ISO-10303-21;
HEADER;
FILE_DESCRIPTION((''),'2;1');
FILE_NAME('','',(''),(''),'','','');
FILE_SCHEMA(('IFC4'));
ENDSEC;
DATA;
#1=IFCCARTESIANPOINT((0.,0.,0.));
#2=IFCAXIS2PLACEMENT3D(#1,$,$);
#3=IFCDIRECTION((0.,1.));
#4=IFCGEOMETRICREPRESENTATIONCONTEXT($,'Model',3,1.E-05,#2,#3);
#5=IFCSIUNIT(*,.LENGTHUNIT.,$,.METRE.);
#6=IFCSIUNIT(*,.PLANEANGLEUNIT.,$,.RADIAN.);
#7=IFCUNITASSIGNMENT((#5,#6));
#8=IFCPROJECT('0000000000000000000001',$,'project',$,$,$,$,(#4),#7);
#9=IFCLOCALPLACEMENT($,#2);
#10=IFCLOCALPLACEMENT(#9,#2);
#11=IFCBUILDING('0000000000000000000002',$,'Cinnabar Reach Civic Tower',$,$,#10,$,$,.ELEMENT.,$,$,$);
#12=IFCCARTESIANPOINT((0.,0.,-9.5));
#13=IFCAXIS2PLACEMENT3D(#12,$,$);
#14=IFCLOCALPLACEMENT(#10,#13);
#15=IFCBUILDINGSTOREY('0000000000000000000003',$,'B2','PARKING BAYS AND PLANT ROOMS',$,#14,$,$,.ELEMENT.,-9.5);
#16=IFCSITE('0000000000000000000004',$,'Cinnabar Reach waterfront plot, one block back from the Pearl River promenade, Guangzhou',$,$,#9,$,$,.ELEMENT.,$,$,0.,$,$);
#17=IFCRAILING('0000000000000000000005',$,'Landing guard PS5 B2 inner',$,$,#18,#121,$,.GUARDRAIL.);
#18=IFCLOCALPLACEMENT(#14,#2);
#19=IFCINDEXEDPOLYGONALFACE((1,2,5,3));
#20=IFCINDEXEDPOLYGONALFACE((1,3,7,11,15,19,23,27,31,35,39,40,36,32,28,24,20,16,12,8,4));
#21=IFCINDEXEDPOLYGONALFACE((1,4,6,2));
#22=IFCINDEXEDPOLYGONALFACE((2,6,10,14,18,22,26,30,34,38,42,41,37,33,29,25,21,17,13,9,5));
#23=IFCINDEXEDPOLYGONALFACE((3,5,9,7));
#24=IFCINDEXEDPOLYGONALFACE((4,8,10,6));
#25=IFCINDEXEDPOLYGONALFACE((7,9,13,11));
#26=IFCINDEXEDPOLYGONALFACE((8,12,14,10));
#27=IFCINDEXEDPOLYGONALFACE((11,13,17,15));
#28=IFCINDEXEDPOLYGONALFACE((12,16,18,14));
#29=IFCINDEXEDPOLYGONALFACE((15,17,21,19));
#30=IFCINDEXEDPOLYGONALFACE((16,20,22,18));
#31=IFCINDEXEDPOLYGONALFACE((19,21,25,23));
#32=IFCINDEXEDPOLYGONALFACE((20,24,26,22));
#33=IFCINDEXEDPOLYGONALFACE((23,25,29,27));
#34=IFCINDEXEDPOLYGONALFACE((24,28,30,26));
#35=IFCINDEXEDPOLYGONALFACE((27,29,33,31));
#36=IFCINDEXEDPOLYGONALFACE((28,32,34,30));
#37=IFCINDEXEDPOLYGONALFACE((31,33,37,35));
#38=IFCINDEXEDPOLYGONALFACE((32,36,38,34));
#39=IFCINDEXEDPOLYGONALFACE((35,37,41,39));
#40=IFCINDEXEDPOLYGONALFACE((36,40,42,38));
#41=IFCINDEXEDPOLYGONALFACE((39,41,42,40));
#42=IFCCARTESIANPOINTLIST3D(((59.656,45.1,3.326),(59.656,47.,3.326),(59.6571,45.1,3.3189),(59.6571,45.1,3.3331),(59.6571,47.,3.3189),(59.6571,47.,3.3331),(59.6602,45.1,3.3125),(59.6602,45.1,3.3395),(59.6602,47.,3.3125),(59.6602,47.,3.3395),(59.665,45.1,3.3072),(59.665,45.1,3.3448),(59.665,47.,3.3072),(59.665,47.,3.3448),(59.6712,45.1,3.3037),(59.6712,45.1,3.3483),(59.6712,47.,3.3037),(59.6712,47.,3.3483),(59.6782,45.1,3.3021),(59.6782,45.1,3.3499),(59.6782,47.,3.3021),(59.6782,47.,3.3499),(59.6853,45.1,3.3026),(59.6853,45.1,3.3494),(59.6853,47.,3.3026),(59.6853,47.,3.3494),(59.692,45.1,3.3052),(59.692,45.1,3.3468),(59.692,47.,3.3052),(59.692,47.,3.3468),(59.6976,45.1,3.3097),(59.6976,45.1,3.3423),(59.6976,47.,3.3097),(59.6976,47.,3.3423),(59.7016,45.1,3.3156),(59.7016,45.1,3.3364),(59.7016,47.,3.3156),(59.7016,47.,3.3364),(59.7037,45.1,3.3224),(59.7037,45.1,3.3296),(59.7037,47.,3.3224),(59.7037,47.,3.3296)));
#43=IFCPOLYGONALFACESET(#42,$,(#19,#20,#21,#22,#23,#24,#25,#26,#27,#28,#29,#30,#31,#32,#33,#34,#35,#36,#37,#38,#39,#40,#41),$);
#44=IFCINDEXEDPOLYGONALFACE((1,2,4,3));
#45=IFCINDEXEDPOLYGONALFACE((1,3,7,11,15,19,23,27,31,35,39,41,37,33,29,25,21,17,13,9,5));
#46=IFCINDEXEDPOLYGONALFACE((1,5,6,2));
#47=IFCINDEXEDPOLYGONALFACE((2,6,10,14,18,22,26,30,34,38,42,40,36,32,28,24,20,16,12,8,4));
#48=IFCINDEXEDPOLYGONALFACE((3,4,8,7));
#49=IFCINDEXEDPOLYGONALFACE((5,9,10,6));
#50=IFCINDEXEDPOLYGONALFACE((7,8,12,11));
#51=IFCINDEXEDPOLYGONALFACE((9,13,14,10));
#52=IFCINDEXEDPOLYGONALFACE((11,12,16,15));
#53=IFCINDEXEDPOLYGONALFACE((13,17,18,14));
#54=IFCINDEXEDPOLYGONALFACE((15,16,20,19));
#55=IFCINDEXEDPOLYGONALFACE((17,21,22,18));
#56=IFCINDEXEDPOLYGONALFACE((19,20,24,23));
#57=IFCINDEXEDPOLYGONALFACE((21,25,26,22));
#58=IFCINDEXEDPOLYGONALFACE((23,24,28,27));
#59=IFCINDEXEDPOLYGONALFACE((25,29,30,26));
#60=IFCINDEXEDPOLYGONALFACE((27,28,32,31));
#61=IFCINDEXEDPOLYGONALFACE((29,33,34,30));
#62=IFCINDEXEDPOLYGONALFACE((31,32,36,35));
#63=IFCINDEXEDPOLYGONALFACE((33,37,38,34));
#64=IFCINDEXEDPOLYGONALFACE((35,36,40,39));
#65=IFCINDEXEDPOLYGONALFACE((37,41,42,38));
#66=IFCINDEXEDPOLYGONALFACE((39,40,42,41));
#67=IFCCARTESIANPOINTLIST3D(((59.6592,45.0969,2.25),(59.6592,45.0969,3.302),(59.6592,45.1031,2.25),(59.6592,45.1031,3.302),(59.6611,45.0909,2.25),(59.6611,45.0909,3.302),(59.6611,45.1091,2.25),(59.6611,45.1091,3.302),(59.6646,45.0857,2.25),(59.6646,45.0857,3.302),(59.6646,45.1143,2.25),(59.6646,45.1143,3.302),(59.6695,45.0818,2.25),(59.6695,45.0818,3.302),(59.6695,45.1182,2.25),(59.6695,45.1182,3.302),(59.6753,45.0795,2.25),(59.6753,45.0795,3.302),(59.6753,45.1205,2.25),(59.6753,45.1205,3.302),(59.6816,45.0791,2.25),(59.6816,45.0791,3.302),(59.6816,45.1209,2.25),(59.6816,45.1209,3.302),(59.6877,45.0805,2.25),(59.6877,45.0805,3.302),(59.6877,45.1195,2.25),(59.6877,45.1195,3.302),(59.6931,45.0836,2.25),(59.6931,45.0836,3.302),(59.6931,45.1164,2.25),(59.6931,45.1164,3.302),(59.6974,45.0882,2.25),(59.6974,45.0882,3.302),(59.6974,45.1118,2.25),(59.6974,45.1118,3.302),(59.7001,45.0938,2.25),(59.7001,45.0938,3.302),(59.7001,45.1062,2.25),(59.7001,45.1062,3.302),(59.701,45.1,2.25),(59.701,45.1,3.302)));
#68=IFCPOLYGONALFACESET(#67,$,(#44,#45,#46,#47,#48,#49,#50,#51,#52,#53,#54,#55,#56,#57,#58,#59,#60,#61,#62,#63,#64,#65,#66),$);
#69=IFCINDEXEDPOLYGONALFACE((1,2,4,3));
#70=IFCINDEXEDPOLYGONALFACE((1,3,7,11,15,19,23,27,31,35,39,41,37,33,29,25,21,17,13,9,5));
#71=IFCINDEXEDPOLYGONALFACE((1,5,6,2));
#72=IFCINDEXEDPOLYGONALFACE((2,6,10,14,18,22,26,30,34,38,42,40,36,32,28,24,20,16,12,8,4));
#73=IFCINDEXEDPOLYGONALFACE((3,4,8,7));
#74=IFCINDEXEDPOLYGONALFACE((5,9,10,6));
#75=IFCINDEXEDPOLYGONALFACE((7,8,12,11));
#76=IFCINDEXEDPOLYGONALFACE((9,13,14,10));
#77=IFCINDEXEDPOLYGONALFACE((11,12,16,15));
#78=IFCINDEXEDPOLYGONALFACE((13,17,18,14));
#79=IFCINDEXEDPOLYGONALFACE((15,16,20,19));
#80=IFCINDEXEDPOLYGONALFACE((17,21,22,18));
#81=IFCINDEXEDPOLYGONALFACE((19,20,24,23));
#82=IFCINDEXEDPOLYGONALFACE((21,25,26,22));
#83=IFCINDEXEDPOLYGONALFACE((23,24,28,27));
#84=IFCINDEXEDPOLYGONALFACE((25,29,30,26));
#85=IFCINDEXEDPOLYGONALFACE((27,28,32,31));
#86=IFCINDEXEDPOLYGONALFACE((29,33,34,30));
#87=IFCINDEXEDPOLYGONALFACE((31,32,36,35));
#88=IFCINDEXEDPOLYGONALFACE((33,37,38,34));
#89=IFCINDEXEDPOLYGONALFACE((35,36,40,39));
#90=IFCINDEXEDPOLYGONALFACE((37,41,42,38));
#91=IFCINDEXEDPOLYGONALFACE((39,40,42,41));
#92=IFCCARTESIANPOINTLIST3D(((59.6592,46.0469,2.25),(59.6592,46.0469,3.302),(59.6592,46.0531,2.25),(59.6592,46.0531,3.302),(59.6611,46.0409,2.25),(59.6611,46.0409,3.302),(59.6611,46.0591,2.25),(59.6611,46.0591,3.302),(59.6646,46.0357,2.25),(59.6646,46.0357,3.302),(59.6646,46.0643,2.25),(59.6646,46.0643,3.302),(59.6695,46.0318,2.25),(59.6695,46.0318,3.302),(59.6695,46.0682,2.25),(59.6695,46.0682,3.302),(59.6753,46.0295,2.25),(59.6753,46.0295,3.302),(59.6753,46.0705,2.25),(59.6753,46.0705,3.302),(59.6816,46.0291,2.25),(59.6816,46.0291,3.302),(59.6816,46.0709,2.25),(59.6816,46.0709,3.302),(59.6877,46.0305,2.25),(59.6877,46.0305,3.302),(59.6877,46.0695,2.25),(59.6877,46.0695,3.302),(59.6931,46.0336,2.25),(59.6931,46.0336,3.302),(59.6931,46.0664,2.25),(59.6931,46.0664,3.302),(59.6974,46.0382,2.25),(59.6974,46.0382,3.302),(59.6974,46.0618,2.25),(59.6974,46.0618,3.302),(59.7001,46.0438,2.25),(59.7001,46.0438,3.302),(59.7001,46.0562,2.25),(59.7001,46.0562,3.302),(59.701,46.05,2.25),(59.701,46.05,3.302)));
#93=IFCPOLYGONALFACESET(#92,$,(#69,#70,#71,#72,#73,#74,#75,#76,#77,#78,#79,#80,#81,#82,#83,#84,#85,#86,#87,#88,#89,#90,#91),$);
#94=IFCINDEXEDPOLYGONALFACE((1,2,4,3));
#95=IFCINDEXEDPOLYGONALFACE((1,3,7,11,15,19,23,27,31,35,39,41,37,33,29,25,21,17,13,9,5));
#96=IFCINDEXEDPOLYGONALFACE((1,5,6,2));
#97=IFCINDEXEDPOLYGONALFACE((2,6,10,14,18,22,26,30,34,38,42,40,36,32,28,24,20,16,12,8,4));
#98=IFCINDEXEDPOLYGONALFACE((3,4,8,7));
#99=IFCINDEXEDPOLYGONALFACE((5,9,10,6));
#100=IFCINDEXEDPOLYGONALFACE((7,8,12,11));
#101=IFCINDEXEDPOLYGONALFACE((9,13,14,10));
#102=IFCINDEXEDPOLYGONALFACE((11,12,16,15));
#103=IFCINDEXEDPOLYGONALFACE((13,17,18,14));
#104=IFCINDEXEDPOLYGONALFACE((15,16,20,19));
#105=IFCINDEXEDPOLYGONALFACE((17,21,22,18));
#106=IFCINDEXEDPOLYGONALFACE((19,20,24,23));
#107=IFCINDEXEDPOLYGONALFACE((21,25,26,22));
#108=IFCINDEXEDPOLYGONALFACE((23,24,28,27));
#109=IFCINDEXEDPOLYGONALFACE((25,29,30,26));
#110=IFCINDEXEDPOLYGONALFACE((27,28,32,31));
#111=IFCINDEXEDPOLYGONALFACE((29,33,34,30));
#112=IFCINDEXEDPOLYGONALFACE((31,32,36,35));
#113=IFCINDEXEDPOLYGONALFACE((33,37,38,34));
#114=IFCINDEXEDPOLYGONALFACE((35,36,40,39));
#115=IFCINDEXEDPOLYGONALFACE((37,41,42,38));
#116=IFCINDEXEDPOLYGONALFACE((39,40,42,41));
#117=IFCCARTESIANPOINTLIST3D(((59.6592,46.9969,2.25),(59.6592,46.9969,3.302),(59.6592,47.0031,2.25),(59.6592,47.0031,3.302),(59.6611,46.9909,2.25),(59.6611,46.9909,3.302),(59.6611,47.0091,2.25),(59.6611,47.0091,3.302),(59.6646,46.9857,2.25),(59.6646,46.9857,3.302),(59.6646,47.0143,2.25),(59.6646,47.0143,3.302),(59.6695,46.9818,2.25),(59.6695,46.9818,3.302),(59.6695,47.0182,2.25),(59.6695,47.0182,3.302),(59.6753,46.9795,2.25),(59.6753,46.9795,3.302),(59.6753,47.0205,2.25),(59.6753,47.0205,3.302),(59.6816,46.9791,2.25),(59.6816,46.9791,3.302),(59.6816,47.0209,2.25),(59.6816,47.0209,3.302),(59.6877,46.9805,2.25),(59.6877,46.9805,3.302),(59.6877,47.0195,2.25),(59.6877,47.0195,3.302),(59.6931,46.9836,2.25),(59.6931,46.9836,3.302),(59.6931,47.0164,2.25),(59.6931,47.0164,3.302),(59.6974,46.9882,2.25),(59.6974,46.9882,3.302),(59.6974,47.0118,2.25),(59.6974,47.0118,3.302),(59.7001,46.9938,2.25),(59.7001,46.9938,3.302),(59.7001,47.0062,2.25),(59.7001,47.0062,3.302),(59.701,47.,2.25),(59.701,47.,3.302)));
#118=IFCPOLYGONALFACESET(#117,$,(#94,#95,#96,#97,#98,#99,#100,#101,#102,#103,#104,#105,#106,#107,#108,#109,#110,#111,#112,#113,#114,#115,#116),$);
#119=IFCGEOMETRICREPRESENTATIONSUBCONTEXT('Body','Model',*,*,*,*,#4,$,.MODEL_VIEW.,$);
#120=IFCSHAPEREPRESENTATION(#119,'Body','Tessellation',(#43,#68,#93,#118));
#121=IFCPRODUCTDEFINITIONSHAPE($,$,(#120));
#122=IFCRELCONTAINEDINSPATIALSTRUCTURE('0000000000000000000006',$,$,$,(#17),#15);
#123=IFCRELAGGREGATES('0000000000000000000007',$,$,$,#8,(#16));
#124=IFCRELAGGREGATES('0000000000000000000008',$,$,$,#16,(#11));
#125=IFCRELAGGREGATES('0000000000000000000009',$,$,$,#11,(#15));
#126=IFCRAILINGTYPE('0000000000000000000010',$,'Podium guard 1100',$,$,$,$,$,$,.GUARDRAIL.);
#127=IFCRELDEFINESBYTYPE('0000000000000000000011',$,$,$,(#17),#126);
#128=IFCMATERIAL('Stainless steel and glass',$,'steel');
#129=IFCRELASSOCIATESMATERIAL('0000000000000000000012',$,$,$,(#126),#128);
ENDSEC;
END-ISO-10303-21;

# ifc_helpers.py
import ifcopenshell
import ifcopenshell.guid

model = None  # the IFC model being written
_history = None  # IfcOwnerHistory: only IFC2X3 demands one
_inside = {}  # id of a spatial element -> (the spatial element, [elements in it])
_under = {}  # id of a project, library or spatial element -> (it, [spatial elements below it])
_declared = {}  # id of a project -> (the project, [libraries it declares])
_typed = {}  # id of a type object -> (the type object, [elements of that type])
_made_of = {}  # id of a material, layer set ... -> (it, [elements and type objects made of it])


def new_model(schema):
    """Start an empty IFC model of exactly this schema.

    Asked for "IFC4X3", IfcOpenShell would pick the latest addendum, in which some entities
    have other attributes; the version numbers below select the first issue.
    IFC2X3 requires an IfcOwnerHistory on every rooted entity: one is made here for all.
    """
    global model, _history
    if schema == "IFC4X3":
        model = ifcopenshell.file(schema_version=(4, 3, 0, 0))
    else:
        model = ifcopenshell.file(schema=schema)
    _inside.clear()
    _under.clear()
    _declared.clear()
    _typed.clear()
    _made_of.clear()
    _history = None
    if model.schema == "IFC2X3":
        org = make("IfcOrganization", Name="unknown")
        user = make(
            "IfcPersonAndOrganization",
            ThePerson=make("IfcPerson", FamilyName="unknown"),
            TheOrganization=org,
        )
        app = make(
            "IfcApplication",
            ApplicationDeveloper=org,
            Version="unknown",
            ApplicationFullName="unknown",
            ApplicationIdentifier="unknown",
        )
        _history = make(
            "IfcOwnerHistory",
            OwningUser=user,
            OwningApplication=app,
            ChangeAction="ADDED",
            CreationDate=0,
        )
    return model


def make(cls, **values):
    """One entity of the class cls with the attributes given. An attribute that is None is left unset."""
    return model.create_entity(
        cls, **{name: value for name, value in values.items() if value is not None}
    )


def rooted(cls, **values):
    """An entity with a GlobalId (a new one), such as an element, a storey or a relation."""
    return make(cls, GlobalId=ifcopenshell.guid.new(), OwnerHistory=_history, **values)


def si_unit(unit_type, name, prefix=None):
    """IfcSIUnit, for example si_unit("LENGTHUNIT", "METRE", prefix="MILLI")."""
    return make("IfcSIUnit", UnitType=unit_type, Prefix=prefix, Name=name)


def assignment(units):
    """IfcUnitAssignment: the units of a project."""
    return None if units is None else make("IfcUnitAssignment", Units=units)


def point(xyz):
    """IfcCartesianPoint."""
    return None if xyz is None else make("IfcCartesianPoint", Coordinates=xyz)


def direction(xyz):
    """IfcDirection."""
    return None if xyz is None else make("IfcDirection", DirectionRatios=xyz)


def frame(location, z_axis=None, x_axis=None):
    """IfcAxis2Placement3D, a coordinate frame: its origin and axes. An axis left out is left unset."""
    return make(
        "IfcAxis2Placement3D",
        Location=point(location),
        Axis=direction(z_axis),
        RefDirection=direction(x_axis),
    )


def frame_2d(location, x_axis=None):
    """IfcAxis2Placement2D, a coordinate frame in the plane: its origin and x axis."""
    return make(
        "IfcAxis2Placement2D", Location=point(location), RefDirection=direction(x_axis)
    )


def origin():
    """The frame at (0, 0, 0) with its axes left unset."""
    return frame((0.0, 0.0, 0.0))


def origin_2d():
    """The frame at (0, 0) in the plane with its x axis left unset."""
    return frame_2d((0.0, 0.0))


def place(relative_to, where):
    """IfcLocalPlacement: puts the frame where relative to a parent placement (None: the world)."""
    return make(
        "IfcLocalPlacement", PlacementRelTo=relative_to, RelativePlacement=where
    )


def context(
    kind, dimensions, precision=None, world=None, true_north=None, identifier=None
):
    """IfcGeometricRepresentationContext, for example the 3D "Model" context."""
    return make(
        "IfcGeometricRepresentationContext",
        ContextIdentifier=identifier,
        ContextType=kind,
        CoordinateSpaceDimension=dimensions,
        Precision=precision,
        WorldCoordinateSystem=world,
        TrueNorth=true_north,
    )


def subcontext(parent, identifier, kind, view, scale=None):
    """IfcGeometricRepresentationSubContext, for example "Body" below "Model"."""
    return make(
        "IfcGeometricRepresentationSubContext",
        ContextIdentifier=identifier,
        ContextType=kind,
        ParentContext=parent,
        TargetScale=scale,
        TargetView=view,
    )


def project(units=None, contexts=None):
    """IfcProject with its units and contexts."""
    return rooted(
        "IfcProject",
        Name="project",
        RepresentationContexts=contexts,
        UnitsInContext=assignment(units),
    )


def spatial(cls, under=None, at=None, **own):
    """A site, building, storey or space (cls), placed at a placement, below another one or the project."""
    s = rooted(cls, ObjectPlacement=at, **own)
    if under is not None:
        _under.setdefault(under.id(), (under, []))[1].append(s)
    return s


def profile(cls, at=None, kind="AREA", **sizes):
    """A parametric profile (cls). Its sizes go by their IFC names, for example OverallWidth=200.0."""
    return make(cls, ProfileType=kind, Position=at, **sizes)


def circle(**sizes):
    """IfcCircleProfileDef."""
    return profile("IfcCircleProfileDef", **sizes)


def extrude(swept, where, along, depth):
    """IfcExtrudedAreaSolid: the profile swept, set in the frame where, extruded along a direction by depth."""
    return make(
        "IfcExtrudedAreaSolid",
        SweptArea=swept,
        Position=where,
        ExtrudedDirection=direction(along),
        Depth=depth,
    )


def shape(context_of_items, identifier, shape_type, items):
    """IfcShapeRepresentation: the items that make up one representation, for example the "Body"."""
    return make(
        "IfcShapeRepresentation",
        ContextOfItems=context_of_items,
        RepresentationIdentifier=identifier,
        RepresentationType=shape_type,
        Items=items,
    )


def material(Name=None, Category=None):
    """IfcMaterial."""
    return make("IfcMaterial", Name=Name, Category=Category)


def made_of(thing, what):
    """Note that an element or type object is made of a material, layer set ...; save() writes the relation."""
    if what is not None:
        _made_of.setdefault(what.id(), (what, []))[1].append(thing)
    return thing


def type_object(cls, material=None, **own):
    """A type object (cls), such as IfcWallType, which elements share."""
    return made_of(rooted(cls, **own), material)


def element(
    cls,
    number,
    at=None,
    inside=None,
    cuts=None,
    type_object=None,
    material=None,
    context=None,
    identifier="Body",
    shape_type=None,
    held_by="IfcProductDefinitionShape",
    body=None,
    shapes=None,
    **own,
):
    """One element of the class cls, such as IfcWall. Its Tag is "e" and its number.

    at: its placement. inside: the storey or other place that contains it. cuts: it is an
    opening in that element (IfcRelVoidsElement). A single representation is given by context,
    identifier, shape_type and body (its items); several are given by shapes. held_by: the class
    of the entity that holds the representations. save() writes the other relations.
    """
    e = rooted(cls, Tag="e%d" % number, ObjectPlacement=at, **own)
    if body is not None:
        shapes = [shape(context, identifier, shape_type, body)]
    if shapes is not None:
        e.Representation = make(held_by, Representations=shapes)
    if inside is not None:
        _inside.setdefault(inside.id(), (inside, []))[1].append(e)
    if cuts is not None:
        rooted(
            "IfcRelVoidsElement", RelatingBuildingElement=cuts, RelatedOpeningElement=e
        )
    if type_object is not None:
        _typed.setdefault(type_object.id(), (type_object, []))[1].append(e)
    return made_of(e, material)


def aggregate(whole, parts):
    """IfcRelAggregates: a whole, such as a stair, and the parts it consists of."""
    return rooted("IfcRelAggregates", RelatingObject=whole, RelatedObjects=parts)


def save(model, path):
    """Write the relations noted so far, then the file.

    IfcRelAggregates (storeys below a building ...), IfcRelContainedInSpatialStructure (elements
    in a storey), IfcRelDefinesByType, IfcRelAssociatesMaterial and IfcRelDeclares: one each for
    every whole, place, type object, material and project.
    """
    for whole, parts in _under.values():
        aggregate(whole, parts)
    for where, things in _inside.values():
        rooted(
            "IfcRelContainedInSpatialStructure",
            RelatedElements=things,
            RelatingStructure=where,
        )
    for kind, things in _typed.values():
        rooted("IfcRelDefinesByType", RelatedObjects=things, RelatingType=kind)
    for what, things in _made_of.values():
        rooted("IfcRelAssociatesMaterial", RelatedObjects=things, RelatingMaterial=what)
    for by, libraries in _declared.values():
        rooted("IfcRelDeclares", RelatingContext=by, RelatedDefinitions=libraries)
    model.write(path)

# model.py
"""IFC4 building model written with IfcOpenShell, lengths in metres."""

from ifc_helpers import new_model, si_unit, direction, frame, origin, origin_2d, place, context, subcontext, project, spatial, circle, extrude, material, type_object, element, save


model = new_model("IFC4")

# Units and contexts
model_context = context("Model", 3, precision=1e-05, world=origin(), true_north=direction((0.0, 1.0)))
body_context = subcontext(model_context, "Body", "Model", "MODEL_VIEW")
ifc_project = project(units=[si_unit("LENGTHUNIT", "METRE"), si_unit("PLANEANGLEUNIT", "RADIAN")], contexts=[model_context])

# Site, building, storey
site_placement = place(None, origin())
site = spatial("IfcSite", under=ifc_project, at=site_placement, Name="Cinnabar Reach waterfront plot, one block back from the Pearl River promenade, Guangzhou", CompositionType="ELEMENT", RefElevation=0.0)
building_placement = place(site_placement, origin())
building = spatial("IfcBuilding", under=site, at=building_placement, Name="Cinnabar Reach Civic Tower", CompositionType="ELEMENT")
storey_placement = place(building_placement, frame((0.0, 0.0, -9.5)))
storey = spatial("IfcBuildingStorey", under=building, at=storey_placement, Name="B2", Description="PARKING BAYS AND PLANT ROOMS", CompositionType="ELEMENT", Elevation=-9.5)

# Railing
ifc_material_1 = material(Name="Stainless steel and glass", Category="steel")
railing_type_1 = type_object("IfcRailingType", Name="Podium guard 1100", PredefinedType="GUARDRAIL", material=ifc_material_1)
railing_1_placement = place(storey_placement, frame((59.68, 45.1, 2.25)))
element("IfcRailing", 1, at=railing_1_placement, inside=storey, type_object=railing_type_1, Name="Landing guard PS5 B2 inner", PredefinedType="GUARDRAIL", context=body_context, shape_type="SweptSolid", body=[
    extrude(circle(Radius=0.024, at=origin_2d()), frame((0.0, 0.0, 1.076), z_axis=(0.0, 1.0, 0.0), x_axis=(-1.0, 0.0, 0.0)), (0.0, 0.0, 1.0), 1.9),
    extrude(circle(Radius=0.021, at=origin_2d()), origin(), (0.0, 0.0, 1.0), 1.052),
    extrude(circle(Radius=0.021, at=origin_2d()), frame((0.0, 0.95, 0.0)), (0.0, 0.0, 1.0), 1.052),
    extrude(circle(Radius=0.021, at=origin_2d()), frame((0.0, 1.9, 0.0)), (0.0, 0.0, 1.0), 1.052),
])

save(model, "model.ifc")
